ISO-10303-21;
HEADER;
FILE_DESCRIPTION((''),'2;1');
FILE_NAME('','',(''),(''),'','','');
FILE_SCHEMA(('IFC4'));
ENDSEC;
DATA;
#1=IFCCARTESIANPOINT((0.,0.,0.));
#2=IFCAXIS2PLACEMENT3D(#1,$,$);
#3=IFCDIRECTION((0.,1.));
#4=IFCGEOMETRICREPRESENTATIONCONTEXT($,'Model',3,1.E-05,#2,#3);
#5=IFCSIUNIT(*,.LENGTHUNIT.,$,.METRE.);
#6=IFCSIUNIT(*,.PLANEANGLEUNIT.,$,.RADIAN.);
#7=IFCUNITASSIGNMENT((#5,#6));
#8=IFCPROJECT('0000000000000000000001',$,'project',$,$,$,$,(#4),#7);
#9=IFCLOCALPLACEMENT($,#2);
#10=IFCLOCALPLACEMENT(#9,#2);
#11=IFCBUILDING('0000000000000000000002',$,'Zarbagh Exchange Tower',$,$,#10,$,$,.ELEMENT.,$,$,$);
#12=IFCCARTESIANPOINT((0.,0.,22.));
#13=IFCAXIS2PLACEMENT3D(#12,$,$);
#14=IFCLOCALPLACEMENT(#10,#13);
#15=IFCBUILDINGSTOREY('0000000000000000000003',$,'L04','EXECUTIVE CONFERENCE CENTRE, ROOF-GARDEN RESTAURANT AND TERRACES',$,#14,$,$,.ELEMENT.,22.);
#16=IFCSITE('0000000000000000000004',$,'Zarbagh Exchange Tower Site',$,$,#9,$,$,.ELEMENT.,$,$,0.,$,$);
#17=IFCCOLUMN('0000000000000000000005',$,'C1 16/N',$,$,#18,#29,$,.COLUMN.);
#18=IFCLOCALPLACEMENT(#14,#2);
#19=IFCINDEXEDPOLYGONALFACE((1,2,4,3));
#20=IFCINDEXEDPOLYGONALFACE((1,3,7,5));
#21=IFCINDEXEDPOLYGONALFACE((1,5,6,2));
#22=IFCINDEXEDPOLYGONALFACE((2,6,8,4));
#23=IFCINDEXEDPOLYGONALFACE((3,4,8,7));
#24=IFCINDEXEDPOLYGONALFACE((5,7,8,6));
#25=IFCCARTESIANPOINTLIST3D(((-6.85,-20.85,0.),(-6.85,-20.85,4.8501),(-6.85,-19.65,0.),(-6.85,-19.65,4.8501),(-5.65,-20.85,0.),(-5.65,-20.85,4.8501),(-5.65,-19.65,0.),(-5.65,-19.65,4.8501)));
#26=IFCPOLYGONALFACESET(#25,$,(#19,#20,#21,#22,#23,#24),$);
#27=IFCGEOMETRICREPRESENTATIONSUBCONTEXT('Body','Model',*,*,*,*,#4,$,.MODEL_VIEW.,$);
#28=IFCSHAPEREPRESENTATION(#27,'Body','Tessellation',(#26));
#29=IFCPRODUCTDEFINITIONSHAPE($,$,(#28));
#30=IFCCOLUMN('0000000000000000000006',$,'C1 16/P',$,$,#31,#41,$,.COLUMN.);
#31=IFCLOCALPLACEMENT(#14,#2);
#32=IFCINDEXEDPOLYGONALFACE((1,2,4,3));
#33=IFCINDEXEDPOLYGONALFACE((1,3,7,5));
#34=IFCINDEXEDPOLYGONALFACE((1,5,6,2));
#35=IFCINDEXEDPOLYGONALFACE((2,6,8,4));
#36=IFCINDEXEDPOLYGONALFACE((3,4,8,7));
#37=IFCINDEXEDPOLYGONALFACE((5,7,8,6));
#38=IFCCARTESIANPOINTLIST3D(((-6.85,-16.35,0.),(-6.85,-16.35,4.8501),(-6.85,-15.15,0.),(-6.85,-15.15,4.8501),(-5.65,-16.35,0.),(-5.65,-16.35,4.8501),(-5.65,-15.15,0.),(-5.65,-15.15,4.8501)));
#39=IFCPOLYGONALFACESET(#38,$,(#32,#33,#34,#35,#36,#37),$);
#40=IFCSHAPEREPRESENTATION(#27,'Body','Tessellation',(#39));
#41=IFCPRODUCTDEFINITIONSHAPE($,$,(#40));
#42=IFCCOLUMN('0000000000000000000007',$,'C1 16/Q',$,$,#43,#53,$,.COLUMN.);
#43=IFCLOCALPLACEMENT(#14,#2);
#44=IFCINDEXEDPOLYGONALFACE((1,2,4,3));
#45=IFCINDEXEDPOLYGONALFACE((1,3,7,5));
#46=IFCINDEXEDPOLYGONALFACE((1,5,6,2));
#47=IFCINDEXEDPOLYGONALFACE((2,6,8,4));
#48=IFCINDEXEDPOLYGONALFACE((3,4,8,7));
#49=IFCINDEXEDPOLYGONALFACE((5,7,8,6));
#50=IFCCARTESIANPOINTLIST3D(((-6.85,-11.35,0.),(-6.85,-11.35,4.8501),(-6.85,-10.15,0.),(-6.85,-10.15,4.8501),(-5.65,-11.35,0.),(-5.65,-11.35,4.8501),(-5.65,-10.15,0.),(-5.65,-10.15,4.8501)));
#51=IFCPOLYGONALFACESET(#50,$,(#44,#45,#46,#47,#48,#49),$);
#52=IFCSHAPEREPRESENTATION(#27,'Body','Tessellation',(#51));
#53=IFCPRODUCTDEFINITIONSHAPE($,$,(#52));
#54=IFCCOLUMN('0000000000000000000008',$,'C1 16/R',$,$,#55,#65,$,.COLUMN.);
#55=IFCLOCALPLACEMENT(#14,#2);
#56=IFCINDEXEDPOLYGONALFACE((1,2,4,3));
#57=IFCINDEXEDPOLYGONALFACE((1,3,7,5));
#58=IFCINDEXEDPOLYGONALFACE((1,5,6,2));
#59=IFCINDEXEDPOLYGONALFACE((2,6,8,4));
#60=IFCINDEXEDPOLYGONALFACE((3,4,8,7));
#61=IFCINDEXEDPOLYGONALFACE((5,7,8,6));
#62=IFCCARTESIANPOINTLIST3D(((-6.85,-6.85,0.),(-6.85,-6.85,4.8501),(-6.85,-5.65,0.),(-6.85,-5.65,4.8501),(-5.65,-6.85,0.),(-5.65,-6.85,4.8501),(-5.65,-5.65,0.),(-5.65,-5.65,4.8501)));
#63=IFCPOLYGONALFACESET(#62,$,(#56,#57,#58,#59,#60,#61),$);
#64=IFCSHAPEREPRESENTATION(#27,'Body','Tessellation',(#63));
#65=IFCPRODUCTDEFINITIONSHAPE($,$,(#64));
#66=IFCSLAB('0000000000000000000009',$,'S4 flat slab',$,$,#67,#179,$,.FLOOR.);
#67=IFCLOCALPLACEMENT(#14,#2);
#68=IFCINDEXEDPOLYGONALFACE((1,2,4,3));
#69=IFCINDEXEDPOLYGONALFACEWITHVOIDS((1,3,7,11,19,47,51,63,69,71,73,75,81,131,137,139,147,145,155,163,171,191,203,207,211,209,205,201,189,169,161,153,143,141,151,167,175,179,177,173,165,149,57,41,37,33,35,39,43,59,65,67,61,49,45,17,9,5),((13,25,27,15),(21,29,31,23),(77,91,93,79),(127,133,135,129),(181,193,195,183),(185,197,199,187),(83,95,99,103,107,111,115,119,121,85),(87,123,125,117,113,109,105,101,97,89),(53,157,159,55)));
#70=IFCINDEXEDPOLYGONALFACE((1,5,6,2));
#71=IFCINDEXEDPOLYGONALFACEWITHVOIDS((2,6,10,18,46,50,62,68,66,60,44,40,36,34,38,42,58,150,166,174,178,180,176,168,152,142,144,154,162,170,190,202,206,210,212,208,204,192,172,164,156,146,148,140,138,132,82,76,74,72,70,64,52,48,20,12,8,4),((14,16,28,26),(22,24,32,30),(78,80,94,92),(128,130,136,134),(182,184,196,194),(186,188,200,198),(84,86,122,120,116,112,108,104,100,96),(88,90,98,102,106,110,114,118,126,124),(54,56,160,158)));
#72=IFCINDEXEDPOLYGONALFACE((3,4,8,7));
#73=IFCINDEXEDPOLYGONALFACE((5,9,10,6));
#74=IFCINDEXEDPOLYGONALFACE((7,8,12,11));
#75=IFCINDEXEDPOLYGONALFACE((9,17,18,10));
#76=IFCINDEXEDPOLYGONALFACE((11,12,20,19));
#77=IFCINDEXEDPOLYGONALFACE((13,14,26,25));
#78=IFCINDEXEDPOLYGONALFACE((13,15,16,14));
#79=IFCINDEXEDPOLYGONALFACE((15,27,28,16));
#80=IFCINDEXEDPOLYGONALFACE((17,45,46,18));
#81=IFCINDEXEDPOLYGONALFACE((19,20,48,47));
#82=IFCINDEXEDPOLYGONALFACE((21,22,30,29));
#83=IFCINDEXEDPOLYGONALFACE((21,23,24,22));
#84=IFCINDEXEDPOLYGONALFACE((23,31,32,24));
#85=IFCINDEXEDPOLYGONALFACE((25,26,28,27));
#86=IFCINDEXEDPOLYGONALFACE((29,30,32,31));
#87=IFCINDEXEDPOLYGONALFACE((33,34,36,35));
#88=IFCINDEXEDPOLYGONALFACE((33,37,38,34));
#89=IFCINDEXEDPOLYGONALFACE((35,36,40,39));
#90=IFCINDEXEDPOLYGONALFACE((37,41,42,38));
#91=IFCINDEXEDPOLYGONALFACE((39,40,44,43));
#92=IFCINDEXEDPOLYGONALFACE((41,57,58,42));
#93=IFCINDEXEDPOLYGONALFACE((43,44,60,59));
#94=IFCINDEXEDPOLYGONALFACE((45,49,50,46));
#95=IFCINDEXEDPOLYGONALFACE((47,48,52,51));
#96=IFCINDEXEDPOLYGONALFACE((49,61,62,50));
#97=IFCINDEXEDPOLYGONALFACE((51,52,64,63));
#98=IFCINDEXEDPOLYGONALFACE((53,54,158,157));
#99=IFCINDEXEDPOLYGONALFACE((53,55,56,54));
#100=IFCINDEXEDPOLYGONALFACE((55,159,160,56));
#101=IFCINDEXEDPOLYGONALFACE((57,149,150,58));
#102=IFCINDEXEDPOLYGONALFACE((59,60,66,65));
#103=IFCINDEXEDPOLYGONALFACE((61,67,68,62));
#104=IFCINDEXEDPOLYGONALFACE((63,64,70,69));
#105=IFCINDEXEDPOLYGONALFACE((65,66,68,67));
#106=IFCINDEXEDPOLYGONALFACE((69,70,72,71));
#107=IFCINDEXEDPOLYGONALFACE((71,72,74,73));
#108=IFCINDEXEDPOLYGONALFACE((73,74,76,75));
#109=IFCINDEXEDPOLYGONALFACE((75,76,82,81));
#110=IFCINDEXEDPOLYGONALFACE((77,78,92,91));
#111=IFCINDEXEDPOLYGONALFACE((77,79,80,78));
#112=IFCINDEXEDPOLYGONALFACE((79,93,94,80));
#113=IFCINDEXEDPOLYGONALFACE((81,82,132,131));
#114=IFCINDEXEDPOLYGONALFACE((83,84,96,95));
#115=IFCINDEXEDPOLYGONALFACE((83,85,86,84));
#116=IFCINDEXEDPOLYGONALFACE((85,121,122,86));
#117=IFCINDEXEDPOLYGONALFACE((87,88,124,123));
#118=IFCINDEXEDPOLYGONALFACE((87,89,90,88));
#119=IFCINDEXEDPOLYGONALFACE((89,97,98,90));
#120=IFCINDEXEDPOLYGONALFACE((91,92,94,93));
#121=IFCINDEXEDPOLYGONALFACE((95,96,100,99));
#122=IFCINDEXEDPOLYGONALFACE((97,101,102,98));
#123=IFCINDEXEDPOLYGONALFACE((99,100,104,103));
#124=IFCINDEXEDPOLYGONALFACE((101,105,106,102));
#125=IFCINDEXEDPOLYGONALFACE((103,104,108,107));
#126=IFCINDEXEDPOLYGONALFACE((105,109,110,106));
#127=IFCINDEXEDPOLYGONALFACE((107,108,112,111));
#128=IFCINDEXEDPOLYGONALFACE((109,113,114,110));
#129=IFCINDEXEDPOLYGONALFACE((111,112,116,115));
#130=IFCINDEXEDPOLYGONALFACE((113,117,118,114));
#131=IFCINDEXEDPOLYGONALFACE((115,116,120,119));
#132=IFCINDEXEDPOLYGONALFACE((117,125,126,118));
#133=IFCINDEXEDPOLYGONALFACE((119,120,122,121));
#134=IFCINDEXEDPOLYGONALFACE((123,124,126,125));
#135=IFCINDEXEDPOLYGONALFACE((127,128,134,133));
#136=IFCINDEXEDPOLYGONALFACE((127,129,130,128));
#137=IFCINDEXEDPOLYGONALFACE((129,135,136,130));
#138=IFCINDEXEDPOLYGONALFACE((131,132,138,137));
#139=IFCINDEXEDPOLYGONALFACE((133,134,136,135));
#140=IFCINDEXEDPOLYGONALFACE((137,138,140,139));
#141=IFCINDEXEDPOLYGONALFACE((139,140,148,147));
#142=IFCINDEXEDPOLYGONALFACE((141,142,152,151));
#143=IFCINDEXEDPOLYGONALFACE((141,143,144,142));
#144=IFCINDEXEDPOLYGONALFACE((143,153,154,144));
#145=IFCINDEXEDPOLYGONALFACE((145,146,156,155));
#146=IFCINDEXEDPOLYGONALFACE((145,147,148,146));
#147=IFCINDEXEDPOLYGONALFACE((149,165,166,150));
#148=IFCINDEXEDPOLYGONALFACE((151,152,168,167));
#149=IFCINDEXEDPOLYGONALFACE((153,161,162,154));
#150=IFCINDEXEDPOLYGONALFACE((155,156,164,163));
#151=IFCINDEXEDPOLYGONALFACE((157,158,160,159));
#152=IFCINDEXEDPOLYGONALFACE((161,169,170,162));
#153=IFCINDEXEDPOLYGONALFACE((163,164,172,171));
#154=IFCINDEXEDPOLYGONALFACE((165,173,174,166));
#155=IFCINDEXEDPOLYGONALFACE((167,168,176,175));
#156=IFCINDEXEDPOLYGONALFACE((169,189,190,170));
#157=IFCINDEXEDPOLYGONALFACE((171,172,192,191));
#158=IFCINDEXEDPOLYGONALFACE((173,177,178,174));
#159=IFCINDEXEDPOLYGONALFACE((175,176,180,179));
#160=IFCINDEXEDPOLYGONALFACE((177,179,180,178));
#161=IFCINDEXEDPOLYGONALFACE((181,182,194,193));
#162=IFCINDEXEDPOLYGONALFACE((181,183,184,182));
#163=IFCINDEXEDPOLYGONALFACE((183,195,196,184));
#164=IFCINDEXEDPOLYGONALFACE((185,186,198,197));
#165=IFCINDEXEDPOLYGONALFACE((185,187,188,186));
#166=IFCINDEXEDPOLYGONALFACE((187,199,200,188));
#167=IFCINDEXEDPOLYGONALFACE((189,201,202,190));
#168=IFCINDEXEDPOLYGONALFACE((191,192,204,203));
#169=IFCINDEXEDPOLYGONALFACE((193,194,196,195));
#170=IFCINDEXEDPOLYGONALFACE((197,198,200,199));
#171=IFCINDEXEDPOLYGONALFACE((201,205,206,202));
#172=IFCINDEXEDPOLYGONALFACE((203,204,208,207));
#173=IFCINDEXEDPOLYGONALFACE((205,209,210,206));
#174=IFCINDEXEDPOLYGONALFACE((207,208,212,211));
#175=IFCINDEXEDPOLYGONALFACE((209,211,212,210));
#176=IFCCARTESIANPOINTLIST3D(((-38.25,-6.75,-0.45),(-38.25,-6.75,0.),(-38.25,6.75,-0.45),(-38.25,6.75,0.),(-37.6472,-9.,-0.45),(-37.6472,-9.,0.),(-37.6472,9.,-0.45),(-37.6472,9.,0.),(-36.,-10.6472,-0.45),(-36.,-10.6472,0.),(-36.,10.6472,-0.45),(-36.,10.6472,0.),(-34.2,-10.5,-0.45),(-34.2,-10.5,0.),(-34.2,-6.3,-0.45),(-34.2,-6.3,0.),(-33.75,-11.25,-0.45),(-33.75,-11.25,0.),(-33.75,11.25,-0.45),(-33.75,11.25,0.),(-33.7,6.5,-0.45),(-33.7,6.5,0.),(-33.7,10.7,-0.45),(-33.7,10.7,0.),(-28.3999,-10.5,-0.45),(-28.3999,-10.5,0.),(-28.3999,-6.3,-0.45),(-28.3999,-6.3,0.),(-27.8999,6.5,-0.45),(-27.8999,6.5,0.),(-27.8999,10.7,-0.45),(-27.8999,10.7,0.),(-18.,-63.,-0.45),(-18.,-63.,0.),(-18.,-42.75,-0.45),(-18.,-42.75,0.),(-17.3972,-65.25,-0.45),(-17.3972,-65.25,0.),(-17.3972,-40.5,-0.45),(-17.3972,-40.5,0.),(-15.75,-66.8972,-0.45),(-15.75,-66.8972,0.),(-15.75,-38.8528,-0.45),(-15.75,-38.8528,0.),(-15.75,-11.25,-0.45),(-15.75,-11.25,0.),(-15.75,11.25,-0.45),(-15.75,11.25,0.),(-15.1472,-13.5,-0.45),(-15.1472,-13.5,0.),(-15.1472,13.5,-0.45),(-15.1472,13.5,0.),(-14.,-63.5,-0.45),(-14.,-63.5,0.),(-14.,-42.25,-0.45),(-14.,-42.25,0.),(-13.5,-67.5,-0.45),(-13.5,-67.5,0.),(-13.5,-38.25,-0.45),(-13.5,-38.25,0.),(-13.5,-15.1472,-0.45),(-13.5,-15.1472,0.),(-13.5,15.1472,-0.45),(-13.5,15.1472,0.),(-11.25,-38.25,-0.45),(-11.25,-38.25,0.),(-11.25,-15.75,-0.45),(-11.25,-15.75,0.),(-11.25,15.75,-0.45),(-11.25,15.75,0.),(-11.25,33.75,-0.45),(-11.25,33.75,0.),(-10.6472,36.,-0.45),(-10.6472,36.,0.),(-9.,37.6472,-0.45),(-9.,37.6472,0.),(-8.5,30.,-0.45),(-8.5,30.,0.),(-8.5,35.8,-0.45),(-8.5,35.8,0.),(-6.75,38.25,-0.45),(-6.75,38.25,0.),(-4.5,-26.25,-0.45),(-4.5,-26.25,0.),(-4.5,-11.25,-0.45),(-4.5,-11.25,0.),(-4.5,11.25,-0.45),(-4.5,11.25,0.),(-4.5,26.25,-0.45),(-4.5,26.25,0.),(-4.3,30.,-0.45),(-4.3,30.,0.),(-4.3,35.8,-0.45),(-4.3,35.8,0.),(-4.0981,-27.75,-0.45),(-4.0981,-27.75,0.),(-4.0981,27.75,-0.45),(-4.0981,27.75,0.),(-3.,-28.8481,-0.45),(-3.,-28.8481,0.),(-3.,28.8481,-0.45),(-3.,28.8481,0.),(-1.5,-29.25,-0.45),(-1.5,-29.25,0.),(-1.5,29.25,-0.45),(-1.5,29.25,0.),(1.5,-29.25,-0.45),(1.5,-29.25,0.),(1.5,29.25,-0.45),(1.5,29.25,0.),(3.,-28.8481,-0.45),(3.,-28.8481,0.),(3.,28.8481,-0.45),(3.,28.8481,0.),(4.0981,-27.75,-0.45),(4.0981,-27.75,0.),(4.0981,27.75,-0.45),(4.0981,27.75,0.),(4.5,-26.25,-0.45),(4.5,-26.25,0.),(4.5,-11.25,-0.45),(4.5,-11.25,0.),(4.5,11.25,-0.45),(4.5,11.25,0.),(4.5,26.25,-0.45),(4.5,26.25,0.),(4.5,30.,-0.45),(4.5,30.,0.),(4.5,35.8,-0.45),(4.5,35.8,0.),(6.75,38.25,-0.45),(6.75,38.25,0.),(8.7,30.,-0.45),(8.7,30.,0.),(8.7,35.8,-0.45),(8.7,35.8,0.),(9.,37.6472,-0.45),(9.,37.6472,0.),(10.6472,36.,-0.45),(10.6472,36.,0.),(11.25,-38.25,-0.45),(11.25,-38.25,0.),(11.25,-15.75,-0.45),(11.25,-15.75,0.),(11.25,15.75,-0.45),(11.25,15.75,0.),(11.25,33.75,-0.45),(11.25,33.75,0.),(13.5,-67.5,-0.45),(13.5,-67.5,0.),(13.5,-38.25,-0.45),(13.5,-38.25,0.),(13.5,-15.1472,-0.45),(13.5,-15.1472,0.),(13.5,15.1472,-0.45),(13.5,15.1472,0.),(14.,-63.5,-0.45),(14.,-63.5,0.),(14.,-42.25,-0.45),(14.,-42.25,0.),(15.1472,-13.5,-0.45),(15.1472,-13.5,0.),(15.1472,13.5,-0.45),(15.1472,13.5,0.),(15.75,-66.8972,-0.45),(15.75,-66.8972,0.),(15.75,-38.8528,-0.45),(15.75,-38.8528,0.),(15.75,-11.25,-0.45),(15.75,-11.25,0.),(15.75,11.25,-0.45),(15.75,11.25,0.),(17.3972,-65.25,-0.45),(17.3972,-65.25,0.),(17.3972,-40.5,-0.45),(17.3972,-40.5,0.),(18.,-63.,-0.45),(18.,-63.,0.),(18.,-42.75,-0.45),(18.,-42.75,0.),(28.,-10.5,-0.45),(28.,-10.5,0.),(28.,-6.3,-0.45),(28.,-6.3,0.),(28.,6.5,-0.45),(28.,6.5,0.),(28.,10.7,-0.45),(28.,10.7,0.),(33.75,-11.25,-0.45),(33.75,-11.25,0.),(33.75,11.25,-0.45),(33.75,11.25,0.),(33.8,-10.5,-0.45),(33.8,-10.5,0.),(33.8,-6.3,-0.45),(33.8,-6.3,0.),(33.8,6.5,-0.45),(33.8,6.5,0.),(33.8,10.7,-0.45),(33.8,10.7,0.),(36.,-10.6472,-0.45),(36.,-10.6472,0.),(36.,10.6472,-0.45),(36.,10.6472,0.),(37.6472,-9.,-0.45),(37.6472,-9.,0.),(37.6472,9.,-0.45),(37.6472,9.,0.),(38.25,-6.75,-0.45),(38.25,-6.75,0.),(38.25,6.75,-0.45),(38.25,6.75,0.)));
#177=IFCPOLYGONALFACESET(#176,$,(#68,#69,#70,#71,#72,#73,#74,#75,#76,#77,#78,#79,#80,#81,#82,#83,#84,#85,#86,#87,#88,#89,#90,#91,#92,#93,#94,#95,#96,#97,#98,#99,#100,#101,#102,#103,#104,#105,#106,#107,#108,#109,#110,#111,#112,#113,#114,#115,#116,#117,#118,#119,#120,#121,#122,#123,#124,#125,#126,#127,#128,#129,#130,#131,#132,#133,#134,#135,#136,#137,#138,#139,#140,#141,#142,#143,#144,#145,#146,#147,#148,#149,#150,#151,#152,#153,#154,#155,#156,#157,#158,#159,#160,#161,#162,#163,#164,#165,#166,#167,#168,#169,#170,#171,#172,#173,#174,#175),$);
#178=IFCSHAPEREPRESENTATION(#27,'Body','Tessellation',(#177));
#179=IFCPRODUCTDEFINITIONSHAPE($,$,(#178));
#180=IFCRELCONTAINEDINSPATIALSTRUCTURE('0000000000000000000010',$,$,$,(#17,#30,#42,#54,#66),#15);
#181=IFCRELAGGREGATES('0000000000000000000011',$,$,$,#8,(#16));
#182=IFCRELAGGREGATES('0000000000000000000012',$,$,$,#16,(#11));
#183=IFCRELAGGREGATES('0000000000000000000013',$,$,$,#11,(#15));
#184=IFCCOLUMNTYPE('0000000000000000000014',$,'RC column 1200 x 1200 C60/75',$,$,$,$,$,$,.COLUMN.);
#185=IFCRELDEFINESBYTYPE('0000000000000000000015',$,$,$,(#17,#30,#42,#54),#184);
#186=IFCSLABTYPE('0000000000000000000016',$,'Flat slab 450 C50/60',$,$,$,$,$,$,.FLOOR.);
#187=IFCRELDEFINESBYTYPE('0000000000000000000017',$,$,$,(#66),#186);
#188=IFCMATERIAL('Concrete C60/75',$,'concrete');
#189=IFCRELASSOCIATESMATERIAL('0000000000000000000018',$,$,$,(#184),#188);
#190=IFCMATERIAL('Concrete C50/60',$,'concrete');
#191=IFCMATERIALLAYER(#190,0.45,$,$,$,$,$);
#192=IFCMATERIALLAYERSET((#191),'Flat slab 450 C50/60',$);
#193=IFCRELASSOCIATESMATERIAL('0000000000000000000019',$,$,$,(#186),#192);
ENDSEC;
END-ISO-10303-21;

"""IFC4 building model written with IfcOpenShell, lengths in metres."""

from ifc_helpers import new_model, si_unit, direction, frame, origin, origin_2d, place, context, subcontext, project, spatial, polyline, rectangle, outline, extrude, material, layer, layer_set, material_profile, profile_set, type_object, element, save


model = new_model("IFC4")

# Units and contexts
model_context = context("Model", 3, precision=1e-05, world=origin(), true_north=direction((0.0, 1.0)))
body_context = subcontext(model_context, "Body", "Model", "MODEL_VIEW")
ifc_project = project(units=[si_unit("LENGTHUNIT", "METRE"), si_unit("PLANEANGLEUNIT", "RADIAN")], contexts=[model_context])

# Site, building, storey
site_placement = place(None, origin())
site = spatial("IfcSite", under=ifc_project, at=site_placement, Name="Zarbagh Exchange Tower Site", CompositionType="ELEMENT", RefElevation=0.0)
building_placement = place(site_placement, origin())
building = spatial("IfcBuilding", under=site, at=building_placement, Name="Zarbagh Exchange Tower", CompositionType="ELEMENT")
storey_placement = place(building_placement, frame((0.0, 0.0, 22.0)))
storey = spatial("IfcBuildingStorey", under=building, at=storey_placement, Name="L04", Description="EXECUTIVE CONFERENCE CENTRE, ROOF-GARDEN RESTAURANT AND TERRACES", CompositionType="ELEMENT", Elevation=22.0)

# Columns
ifc_material_1 = material(Name="Concrete C60/75", Category="concrete")
ifc_material_profile = material_profile(ifc_material_1, rectangle(XDim=1.2, YDim=1.2, at=origin_2d()), Name="RC column 1200 x 1200 C60/75")
ifc_profile_set = profile_set([ifc_material_profile], Name="Concrete C60/75")
column_type = type_object("IfcColumnType", Name="RC column 1200 x 1200 C60/75", PredefinedType="COLUMN", material=ifc_profile_set)
for number, where, z_axis, x_axis, name in (
    (1, (-6.25, -20.25, 0.0), (0.0, 0.0, 1.0), (1.0, 0.0, 0.0), "C1 16/N"),
    (2, (-6.25, -15.75, 0.0), (0.0, 0.0, 1.0), (1.0, 0.0, 0.0), "C1 16/P"),
    (3, (-6.25, -10.75, 0.0), (0.0, 0.0, 1.0), (1.0, 0.0, 0.0), "C1 16/Q"),
    (4, (-6.25, -6.25, 0.0), (0.0, 0.0, 1.0), (1.0, 0.0, 0.0), "C1 16/R"),
):
    element("IfcColumn", number, at=place(storey_placement, frame(where, z_axis=z_axis, x_axis=x_axis)), inside=storey, type_object=column_type, Name=name, PredefinedType="COLUMN", context=body_context, shape_type="SweptSolid", body=[
        extrude(rectangle(XDim=1.2, YDim=1.2, at=origin_2d()), origin(), (0.0, 0.0, 1.0), 4.8501),
    ])

# Slab
ifc_material_2 = material(Name="Concrete C50/60", Category="concrete")
ifc_layer_1 = layer(ifc_material_2, 0.45)
ifc_layer_set_1 = layer_set([ifc_layer_1], Name="Flat slab 450 C50/60")
slab_type = type_object("IfcSlabType", Name="Flat slab 450 C50/60", PredefinedType="FLOOR", material=ifc_layer_set_1)
slab_placement = place(storey_placement, frame((0.0, 0.0, -0.45)))
element("IfcSlab", 5, at=slab_placement, inside=storey, type_object=slab_type, Name="S4 flat slab", PredefinedType="FLOOR", context=body_context, shape_type="SweptSolid", body=[
    extrude(outline(polyline([(15.75, -66.8972), (13.5, -67.5), (-13.5, -67.5), (-15.75, -66.8972), (-17.3972, -65.25), (-18.0, -63.0), (-18.0, -42.75), (-17.3972, -40.5), (-15.75, -38.8528), (-13.5, -38.25), (-11.25, -38.25), (-11.25, -15.75), (-13.5, -15.1472), (-15.1472, -13.5), (-15.75, -11.25), (-33.75, -11.25), (-36.0, -10.6472), (-37.6472, -9.0), (-38.25, -6.75), (-38.25, 6.75), (-37.6472, 9.0), (-36.0, 10.6472), (-33.75, 11.25), (-15.75, 11.25), (-15.1472, 13.5), (-13.5, 15.1472), (-11.25, 15.75), (-11.25, 33.75), (-10.6472, 36.0), (-9.0, 37.6472), (-6.75, 38.25), (6.75, 38.25), (9.0, 37.6472), (10.6472, 36.0), (11.25, 33.75), (11.25, 15.75), (13.5, 15.1472), (15.1472, 13.5), (15.75, 11.25), (33.75, 11.25), (36.0, 10.6472), (37.6472, 9.0), (38.25, 6.75), (38.25, -6.75), (37.6472, -9.0), (36.0, -10.6472), (33.75, -11.25), (15.75, -11.25), (15.1472, -13.5), (13.5, -15.1472), (11.25, -15.75), (11.25, -38.25), (13.5, -38.25), (15.75, -38.8528), (17.3972, -40.5), (18.0, -42.75), (18.0, -63.0), (17.3972, -65.25), (15.75, -66.8972)]), holes=[polyline([(-14.0, -63.5), (14.0, -63.5), (14.0, -42.25), (-14.0, -42.25), (-14.0, -63.5)]), polyline([(4.5, 26.25), (4.0981, 27.75), (3.0, 28.8481), (1.5, 29.25), (-1.5, 29.25), (-3.0, 28.8481), (-4.0981, 27.75), (-4.5, 26.25), (-4.5, 11.25), (4.5, 11.25), (4.5, 26.25)]), polyline([(1.5, -29.25), (3.0, -28.8481), (4.0981, -27.75), (4.5, -26.25), (4.5, -11.25), (-4.5, -11.25), (-4.5, -26.25), (-4.0981, -27.75), (-3.0, -28.8481), (-1.5, -29.25), (1.5, -29.25)]), polyline([(-34.2, -6.3), (-34.2, -10.5), (-28.3999, -10.5), (-28.3999, -6.3), (-34.2, -6.3)]), polyline([(28.0, -10.5), (33.8, -10.5), (33.8, -6.3), (28.0, -6.3), (28.0, -10.5)]), polyline([(-27.8999, 10.7), (-33.7, 10.7), (-33.7, 6.5), (-27.8999, 6.5), (-27.8999, 10.7)]), polyline([(33.8, 6.5), (33.8, 10.7), (28.0, 10.7), (28.0, 6.5), (33.8, 6.5)]), polyline([(-4.3, 30.0), (-4.3, 35.8), (-8.5, 35.8), (-8.5, 30.0), (-4.3, 30.0)]), polyline([(8.7, 30.0), (8.7, 35.8), (4.5, 35.8), (4.5, 30.0), (8.7, 30.0)])]), origin(), (0.0, 0.0, 1.0), 0.45),
])

save(model, "model.ifc")
